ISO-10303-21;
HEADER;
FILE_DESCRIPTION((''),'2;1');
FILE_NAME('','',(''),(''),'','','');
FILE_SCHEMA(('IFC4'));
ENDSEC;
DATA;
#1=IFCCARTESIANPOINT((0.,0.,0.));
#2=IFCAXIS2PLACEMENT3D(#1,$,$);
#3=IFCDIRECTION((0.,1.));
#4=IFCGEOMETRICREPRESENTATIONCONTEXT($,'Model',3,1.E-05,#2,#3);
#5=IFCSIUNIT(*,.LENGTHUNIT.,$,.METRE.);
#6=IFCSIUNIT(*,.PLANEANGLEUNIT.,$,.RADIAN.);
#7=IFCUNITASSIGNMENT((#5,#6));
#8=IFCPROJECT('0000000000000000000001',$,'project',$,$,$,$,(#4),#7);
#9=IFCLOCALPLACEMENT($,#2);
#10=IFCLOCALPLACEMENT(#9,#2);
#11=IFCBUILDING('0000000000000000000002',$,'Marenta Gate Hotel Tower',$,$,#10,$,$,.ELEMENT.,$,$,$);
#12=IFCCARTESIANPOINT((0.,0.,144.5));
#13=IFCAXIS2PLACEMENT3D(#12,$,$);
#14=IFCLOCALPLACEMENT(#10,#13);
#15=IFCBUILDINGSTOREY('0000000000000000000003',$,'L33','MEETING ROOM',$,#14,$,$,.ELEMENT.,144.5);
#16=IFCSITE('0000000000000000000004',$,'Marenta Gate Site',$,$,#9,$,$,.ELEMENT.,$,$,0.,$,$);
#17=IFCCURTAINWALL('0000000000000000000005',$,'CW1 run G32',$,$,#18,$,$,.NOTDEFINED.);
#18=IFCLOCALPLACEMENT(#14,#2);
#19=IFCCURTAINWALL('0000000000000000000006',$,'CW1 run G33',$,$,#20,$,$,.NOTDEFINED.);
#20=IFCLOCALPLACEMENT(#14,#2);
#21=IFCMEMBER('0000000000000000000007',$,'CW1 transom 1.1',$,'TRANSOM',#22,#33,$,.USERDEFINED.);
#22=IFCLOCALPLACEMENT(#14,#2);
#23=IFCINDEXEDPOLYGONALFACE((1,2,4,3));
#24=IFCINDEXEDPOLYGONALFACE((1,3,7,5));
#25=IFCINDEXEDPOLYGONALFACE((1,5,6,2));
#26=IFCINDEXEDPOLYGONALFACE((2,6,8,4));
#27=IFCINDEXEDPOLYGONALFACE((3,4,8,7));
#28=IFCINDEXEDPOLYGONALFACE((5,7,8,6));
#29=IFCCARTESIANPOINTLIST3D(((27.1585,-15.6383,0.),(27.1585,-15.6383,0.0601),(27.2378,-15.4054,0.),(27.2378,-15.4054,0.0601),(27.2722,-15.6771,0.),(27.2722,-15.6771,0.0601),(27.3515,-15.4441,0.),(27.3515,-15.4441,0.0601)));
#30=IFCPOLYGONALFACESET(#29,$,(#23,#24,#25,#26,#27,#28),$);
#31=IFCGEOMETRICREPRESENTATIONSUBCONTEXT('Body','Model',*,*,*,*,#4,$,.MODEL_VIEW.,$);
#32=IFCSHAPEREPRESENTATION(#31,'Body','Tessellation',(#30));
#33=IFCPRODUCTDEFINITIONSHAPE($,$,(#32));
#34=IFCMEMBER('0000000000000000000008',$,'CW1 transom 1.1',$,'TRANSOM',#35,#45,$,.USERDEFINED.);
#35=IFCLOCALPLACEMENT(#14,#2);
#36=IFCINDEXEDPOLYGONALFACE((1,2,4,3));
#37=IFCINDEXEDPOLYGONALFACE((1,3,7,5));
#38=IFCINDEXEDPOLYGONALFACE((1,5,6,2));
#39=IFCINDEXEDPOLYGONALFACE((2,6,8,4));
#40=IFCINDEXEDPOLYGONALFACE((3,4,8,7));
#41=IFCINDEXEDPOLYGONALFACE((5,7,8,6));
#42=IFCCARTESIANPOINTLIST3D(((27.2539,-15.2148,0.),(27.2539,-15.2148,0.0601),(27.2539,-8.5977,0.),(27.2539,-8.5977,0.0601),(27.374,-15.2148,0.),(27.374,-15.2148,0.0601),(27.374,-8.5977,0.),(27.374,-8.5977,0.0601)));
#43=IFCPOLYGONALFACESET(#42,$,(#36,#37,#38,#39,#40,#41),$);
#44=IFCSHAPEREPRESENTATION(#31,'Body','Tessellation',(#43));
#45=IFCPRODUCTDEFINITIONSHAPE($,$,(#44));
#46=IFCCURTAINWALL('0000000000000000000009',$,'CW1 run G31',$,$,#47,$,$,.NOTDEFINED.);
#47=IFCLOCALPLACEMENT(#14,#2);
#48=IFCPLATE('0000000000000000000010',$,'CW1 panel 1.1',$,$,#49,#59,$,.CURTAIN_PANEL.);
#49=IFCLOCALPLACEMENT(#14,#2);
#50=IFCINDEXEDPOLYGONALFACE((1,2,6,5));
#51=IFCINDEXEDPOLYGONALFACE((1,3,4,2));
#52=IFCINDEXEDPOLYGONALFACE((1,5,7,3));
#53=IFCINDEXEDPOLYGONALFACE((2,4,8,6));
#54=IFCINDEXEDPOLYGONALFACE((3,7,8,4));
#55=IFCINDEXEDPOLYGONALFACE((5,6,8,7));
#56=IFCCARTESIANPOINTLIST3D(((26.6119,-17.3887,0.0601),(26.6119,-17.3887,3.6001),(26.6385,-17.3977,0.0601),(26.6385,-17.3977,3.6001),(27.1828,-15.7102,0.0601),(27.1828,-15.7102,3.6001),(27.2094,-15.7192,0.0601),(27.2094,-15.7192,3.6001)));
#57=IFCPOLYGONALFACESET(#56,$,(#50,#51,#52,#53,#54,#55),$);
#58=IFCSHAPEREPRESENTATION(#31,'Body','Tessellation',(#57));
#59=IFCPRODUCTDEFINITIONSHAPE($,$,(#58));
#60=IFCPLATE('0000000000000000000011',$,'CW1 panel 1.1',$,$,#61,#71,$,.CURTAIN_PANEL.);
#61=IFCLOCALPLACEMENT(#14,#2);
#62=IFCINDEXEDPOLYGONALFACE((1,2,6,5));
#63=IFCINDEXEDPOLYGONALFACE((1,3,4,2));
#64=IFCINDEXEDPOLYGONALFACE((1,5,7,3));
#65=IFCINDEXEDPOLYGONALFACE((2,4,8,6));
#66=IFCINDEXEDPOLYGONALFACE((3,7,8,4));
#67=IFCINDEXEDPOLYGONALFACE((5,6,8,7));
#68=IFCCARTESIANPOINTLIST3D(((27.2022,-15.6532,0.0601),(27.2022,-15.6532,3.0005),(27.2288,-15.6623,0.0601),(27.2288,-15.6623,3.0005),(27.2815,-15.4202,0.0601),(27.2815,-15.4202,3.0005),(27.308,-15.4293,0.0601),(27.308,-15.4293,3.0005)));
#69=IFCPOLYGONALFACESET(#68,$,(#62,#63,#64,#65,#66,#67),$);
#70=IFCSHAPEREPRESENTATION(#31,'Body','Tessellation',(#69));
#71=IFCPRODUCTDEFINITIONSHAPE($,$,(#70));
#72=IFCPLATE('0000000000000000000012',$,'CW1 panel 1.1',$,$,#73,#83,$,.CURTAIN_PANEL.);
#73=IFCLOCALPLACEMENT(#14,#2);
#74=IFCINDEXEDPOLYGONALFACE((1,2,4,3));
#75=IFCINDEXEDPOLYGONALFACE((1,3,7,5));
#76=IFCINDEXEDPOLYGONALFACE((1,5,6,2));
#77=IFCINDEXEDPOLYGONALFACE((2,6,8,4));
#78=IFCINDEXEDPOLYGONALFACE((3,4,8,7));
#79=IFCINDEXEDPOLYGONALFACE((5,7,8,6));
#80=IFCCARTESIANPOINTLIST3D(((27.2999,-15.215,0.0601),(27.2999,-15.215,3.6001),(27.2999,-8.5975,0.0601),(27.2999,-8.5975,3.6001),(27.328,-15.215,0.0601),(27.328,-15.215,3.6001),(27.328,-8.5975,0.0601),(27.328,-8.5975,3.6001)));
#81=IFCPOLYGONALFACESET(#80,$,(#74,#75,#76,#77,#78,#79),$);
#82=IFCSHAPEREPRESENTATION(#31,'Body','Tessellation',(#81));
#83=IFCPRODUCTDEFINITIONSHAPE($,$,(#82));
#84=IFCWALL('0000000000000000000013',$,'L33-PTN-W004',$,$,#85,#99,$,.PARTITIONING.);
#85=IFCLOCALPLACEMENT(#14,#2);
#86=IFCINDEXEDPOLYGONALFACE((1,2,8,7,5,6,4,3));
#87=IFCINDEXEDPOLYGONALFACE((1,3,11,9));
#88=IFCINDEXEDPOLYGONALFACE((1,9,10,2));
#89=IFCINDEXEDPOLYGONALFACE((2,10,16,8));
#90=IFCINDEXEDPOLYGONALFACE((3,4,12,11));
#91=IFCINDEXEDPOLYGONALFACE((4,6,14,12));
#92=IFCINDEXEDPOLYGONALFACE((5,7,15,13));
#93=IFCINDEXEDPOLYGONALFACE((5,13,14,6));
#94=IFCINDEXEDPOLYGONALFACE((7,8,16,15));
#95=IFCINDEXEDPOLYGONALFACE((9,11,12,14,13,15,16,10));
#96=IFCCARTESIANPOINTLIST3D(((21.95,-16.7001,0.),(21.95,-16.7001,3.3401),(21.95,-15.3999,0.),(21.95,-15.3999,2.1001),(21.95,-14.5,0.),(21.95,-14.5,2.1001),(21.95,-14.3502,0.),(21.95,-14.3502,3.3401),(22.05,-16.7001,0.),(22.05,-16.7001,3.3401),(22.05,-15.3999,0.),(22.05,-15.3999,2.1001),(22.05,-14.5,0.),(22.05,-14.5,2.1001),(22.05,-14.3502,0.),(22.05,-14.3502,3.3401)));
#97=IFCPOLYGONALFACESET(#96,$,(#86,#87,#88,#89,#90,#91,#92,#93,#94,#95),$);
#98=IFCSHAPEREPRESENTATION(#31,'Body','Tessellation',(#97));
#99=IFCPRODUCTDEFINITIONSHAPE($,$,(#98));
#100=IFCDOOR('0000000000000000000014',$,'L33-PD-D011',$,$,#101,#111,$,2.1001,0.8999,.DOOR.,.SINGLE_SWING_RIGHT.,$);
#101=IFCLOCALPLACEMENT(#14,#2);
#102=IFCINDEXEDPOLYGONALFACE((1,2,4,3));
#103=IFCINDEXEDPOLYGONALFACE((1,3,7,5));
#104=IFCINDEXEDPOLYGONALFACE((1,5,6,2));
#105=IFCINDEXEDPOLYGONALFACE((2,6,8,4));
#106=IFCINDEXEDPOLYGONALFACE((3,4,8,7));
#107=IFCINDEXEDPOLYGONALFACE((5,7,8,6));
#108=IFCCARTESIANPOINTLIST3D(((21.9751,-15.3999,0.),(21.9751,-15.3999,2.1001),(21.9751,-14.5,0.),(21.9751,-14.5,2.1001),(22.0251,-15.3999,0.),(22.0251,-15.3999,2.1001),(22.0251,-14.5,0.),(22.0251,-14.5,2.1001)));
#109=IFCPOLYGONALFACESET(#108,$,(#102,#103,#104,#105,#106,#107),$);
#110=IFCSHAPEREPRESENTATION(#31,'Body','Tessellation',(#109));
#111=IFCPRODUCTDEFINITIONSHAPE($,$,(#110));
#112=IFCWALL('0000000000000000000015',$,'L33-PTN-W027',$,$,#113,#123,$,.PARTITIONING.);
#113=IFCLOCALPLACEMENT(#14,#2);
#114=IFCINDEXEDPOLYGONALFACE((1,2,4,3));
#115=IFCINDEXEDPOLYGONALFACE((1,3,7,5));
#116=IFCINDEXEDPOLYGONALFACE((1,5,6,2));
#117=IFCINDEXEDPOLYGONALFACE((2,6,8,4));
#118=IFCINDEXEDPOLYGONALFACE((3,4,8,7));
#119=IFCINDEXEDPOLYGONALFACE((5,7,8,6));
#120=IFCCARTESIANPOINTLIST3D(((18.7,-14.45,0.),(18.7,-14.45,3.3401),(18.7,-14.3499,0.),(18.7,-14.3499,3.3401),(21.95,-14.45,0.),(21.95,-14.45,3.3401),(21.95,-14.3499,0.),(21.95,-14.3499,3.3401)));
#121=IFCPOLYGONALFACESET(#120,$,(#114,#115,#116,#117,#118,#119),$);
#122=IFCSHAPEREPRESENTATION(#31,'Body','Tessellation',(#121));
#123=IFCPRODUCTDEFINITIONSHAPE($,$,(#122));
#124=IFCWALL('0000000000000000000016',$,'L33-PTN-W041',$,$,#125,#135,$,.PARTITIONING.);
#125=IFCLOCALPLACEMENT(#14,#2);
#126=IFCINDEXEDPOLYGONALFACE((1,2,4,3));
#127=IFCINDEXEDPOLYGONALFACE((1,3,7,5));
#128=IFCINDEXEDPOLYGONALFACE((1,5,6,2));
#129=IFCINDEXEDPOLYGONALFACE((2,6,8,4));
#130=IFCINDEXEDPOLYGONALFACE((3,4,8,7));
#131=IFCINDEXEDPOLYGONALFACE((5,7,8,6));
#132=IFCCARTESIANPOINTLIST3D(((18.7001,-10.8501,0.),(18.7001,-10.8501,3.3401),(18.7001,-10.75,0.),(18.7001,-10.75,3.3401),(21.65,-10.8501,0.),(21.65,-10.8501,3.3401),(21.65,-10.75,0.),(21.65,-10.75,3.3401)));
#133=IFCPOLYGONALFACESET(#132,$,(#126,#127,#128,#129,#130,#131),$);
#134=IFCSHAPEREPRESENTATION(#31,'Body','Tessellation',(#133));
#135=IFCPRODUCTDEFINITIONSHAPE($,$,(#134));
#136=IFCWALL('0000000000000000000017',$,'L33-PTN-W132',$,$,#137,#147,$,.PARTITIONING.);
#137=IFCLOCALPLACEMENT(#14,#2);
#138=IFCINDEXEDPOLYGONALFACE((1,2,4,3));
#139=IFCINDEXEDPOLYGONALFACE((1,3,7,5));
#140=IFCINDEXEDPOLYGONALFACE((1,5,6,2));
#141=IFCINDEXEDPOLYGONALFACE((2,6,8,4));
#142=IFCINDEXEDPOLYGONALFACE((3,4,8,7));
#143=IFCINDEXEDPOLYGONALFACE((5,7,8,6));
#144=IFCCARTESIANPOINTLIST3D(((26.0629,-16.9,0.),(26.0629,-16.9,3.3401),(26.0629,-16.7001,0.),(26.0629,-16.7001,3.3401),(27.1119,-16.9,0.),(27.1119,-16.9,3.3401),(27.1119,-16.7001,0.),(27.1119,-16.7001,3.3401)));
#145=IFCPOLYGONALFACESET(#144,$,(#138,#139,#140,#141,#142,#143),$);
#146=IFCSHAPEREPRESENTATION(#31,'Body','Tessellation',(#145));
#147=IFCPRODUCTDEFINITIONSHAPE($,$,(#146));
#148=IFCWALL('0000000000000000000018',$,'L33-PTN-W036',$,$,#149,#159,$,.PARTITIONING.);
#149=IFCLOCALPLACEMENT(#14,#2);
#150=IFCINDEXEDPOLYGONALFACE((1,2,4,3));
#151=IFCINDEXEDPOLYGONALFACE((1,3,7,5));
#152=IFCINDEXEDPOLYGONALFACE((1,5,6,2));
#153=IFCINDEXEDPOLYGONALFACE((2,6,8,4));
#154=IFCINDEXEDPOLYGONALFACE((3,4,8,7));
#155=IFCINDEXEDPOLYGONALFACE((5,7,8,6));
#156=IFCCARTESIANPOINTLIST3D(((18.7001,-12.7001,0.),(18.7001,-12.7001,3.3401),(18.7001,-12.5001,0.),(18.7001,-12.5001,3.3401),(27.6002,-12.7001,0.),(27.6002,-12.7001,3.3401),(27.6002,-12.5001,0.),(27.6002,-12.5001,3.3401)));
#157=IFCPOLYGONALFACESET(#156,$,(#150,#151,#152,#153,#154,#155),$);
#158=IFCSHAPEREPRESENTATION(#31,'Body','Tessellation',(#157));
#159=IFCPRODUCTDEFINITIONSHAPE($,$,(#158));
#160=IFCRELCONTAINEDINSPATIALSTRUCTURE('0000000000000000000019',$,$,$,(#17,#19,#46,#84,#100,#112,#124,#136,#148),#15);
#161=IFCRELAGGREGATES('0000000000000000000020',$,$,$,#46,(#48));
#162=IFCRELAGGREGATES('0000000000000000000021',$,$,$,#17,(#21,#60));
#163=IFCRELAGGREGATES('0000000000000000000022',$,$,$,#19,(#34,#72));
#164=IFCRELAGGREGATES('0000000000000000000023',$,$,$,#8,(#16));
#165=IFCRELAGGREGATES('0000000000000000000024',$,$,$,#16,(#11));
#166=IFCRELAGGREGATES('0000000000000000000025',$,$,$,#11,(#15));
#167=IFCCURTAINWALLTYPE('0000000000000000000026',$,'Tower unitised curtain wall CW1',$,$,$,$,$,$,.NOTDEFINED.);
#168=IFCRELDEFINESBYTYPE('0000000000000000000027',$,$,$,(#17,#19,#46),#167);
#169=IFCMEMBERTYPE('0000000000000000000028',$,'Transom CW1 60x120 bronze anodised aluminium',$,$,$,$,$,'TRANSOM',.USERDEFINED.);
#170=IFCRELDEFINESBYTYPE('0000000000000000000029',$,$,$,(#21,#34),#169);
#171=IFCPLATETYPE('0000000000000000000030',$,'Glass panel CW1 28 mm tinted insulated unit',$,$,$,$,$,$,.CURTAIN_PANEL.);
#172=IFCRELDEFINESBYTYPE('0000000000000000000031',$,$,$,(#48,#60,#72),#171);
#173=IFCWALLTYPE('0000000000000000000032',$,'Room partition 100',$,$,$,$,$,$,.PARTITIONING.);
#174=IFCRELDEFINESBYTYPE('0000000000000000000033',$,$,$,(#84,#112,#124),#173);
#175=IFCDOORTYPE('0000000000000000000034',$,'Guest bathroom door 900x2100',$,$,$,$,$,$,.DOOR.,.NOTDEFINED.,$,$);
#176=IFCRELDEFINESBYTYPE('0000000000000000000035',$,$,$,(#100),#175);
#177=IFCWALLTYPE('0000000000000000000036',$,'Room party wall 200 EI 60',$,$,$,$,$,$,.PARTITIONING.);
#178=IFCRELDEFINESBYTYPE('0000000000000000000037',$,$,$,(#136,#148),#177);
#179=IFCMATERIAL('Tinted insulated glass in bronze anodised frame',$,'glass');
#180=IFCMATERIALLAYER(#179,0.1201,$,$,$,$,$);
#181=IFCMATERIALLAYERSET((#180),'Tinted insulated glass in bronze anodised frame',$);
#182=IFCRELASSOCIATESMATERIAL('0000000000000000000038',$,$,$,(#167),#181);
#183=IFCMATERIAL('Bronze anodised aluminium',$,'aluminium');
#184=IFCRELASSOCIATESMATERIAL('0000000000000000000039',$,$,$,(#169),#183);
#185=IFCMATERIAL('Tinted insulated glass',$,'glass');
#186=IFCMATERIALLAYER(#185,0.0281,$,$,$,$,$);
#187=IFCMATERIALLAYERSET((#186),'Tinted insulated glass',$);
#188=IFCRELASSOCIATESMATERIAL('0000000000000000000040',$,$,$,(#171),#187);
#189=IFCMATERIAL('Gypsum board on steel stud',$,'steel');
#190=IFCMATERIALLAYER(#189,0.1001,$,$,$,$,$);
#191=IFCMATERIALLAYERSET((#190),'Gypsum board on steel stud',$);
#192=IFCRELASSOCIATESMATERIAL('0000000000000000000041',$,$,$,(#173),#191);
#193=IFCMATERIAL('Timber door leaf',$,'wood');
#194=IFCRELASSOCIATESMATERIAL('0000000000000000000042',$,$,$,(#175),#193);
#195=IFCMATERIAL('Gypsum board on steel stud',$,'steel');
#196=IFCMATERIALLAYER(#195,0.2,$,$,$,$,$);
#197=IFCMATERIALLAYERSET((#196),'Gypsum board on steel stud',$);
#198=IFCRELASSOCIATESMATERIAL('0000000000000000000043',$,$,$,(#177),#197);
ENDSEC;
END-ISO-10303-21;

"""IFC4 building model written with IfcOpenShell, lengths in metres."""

from ifc_helpers import new_model, si_unit, direction, frame, frame_2d, origin, origin_2d, place, context, subcontext, project, spatial, rectangle, extrude, material, layer, layer_set, material_profile, profile_set, type_object, element, fill, aggregate, save


model = new_model("IFC4")

# Units and contexts
model_context = context("Model", 3, precision=1e-05, world=origin(), true_north=direction((0.0, 1.0)))
body_context = subcontext(model_context, "Body", "Model", "MODEL_VIEW")
ifc_project = project(units=[si_unit("LENGTHUNIT", "METRE"), si_unit("PLANEANGLEUNIT", "RADIAN")], contexts=[model_context])

# Site, building, storey
site_placement = place(None, origin())
site = spatial("IfcSite", under=ifc_project, at=site_placement, Name="Marenta Gate Site", CompositionType="ELEMENT", RefElevation=0.0)
building_placement = place(site_placement, origin())
building = spatial("IfcBuilding", under=site, at=building_placement, Name="Marenta Gate Hotel Tower", CompositionType="ELEMENT")
storey_placement = place(building_placement, frame((0.0, 0.0, 144.5)))
storey = spatial("IfcBuildingStorey", under=building, at=storey_placement, Name="L33", Description="MEETING ROOM", CompositionType="ELEMENT", Elevation=144.5)

# Curtain wall
ifc_material_1 = material(Name="Tinted insulated glass in bronze anodised frame", Category="glass")
ifc_layer_1 = layer(ifc_material_1, 0.1201)
ifc_layer_set_1 = layer_set([ifc_layer_1], Name="Tinted insulated glass in bronze anodised frame")
curtain_wall_type = type_object("IfcCurtainWallType", Name="Tower unitised curtain wall CW1", PredefinedType="NOTDEFINED", material=ifc_layer_set_1)
curtain_wall_1_placement = place(storey_placement, origin())
curtain_wall_1 = element("IfcCurtainWall", 1, at=curtain_wall_1_placement, inside=storey, type_object=curtain_wall_type, Name="CW1 run G32", PredefinedType="NOTDEFINED")

# Curtain wall
curtain_wall_2_placement = place(storey_placement, origin())
curtain_wall_2 = element("IfcCurtainWall", 2, at=curtain_wall_2_placement, inside=storey, type_object=curtain_wall_type, Name="CW1 run G33", PredefinedType="NOTDEFINED")

# Members
ifc_material_2 = material(Name="Bronze anodised aluminium", Category="aluminium")
ifc_material_profile_1 = material_profile(ifc_material_2, rectangle(XDim=0.1201, YDim=0.0601, at=origin_2d()), Name="Transom CW1 60x120 bronze anodised aluminium")
ifc_profile_set_1 = profile_set([ifc_material_profile_1], Name="Bronze anodised aluminium")
member_type_1 = type_object("IfcMemberType", Name="Transom CW1 60x120 bronze anodised aluminium", ElementType="TRANSOM", PredefinedType="USERDEFINED", material=ifc_profile_set_1)
member_1_placement = place(storey_placement, frame((27.2153, -15.6577, 0.03), z_axis=(0.322472, 0.946579, 0.0), x_axis=(-0.946579, 0.322472, 0.0)))
member_1 = element("IfcMember", 3, at=member_1_placement, type_object=member_type_1, Name="CW1 transom 1.1", ObjectType="TRANSOM", PredefinedType="USERDEFINED", context=body_context, shape_type="SweptSolid", body=[
    extrude(rectangle(XDim=0.1201, YDim=0.0601, at=origin_2d()), origin(), (0.0, 0.0, 1.0), 0.2461),
])
member_2_placement = place(storey_placement, frame((27.314, -15.2148, 0.03), z_axis=(0.0, 1.0, 0.0), x_axis=(-1.0, 0.0, 0.0)))
member_2 = element("IfcMember", 4, at=member_2_placement, type_object=member_type_1, Name="CW1 transom 1.1", ObjectType="TRANSOM", PredefinedType="USERDEFINED", context=body_context, shape_type="SweptSolid", body=[
    extrude(rectangle(XDim=0.1201, YDim=0.0601, at=origin_2d()), origin(), (0.0, 0.0, 1.0), 6.6172),
])

# Curtain wall, plate
curtain_wall_3_placement = place(storey_placement, origin())
curtain_wall_3 = element("IfcCurtainWall", 5, at=curtain_wall_3_placement, inside=storey, type_object=curtain_wall_type, Name="CW1 run G31", PredefinedType="NOTDEFINED")
ifc_material_3 = material(Name="Tinted insulated glass", Category="glass")
ifc_layer_2 = layer(ifc_material_3, 0.0281)
ifc_layer_set_2 = layer_set([ifc_layer_2], Name="Tinted insulated glass")
plate_type = type_object("IfcPlateType", Name="Glass panel CW1 28 mm tinted insulated unit", PredefinedType="CURTAIN_PANEL", material=ifc_layer_set_2)
plate_1_placement = place(storey_placement, frame((26.9106, -16.554, 0.0601), z_axis=(0.0, 0.0, 1.0), x_axis=(0.322032, 0.946729, 0.0)))
plate_1 = element("IfcPlate", 6, at=plate_1_placement, type_object=plate_type, Name="CW1 panel 1.1", PredefinedType="CURTAIN_PANEL", context=body_context, shape_type="SweptSolid", body=[
    extrude(rectangle(XDim=1.7729, YDim=0.0281, at=origin_2d()), origin(), (0.0, 0.0, 1.0), 3.54),
])
aggregate(curtain_wall_3, [plate_1])

# Plates
plate_2_placement = place(storey_placement, frame((27.2551, -15.5413, 0.0601), z_axis=(0.0, 0.0, 1.0), x_axis=(0.32204, 0.946726, 0.0)))
plate_2 = element("IfcPlate", 7, at=plate_2_placement, type_object=plate_type, Name="CW1 panel 1.1", PredefinedType="CURTAIN_PANEL", context=body_context, shape_type="SweptSolid", body=[
    extrude(rectangle(XDim=0.2461, YDim=0.0281, at=origin_2d()), origin(), (0.0, 0.0, 1.0), 2.9404),
])
aggregate(curtain_wall_1, [member_1, plate_2])
plate_3_placement = place(storey_placement, frame((27.314, -11.9062, 0.0601), z_axis=(0.0, 0.0, 1.0), x_axis=(0.0, 1.0, 0.0)))
plate_3 = element("IfcPlate", 8, at=plate_3_placement, type_object=plate_type, Name="CW1 panel 1.1", PredefinedType="CURTAIN_PANEL", context=body_context, shape_type="SweptSolid", body=[
    extrude(rectangle(XDim=6.6174, YDim=0.0281, at=origin_2d()), origin(), (0.0, 0.0, 1.0), 3.54),
])
aggregate(curtain_wall_2, [member_2, plate_3])

# Wall, opening, door
ifc_material_4 = material(Name="Gypsum board on steel stud", Category="steel")
ifc_layer_3 = layer(ifc_material_4, 0.1001)
ifc_layer_set_3 = layer_set([ifc_layer_3], Name="Gypsum board on steel stud")
wall_type_1 = type_object("IfcWallType", Name="Room partition 100", PredefinedType="PARTITIONING", material=ifc_layer_set_3)
wall_1_placement = place(storey_placement, frame((22.0, -16.7, 0.0), z_axis=(0.0, 0.0, 1.0), x_axis=(0.0, 1.0, 0.0)))
wall_1 = element("IfcWall", 9, at=wall_1_placement, inside=storey, type_object=wall_type_1, Name="L33-PTN-W004", PredefinedType="PARTITIONING", context=body_context, shape_type="SweptSolid", body=[
    extrude(rectangle(XDim=2.3499, YDim=0.1001, at=frame_2d((1.1748, 0.0))), origin(), (0.0, 0.0, 1.0), 3.3401),
])
opening_placement = place(wall_1_placement, frame((1.3, 0.0, 0.0)))
opening = element("IfcOpeningElement", 10, at=opening_placement, cuts=wall_1, PredefinedType="OPENING", context=body_context, shape_type="SweptSolid", body=[
    extrude(rectangle(XDim=0.8999, YDim=2.1001, at=frame_2d((0.45, 1.05))), frame((0.0, 0.05, 0.0), z_axis=(0.0, -1.0, 0.0), x_axis=(1.0, 0.0, 0.0)), (0.0, 0.0, 1.0), 0.1001),
])
ifc_material_5 = material(Name="Timber door leaf", Category="wood")
door_type = type_object("IfcDoorType", Name="Guest bathroom door 900x2100", OperationType="NOTDEFINED", PredefinedType="DOOR", material=ifc_material_5)
door_placement = place(opening_placement, origin())
door = element("IfcDoor", 11, at=door_placement, inside=storey, type_object=door_type, Name="L33-PD-D011", OperationType="SINGLE_SWING_RIGHT", OverallHeight=2.1001, OverallWidth=0.8999, PredefinedType="DOOR", context=body_context, shape_type="SweptSolid", body=[
    extrude(rectangle(XDim=0.8999, YDim=2.1001, at=frame_2d((0.45, 1.05))), frame((0.0, 0.0249, 0.0), z_axis=(0.0, -1.0, 0.0), x_axis=(1.0, 0.0, 0.0)), (0.0, 0.0, 1.0), 0.05),
])
fill(opening, door)

# Walls
wall_2_placement = place(storey_placement, frame((18.7, -14.3999, 0.0), z_axis=(0.0, 0.0, 1.0), x_axis=(1.0, 0.0, 0.0)))
element("IfcWall", 12, at=wall_2_placement, inside=storey, type_object=wall_type_1, Name="L33-PTN-W027", PredefinedType="PARTITIONING", context=body_context, shape_type="SweptSolid", body=[
    extrude(rectangle(XDim=3.25, YDim=0.1001, at=frame_2d((1.625, 0.0))), origin(), (0.0, 0.0, 1.0), 3.3401),
])
wall_3_placement = place(storey_placement, frame((18.7, -10.8, 0.0), z_axis=(0.0, 0.0, 1.0), x_axis=(1.0, 0.0, 0.0)))
element("IfcWall", 13, at=wall_3_placement, inside=storey, type_object=wall_type_1, Name="L33-PTN-W041", PredefinedType="PARTITIONING", context=body_context, shape_type="SweptSolid", body=[
    extrude(rectangle(XDim=2.95, YDim=0.1001, at=frame_2d((1.4751, 0.0))), origin(), (0.0, 0.0, 1.0), 3.3401),
])
ifc_material_6 = material(Name="Gypsum board on steel stud", Category="steel")
ifc_layer_4 = layer(ifc_material_6, 0.2)
ifc_layer_set_4 = layer_set([ifc_layer_4], Name="Gypsum board on steel stud")
wall_type_2 = type_object("IfcWallType", Name="Room party wall 200 EI 60", PredefinedType="PARTITIONING", material=ifc_layer_set_4)
wall_4_placement = place(storey_placement, frame((26.063, -16.8, 0.0), z_axis=(0.0, 0.0, 1.0), x_axis=(1.0, 0.0, 0.0)))
element("IfcWall", 14, at=wall_4_placement, inside=storey, type_object=wall_type_2, Name="L33-PTN-W132", PredefinedType="PARTITIONING", context=body_context, shape_type="SweptSolid", body=[
    extrude(rectangle(XDim=1.0491, YDim=0.2, at=frame_2d((0.5244, 0.0))), origin(), (0.0, 0.0, 1.0), 3.3401),
])
wall_5_placement = place(storey_placement, frame((18.7, -12.6001, 0.0), z_axis=(0.0, 0.0, 1.0), x_axis=(1.0, 0.0, 0.0)))
element("IfcWall", 15, at=wall_5_placement, inside=storey, type_object=wall_type_2, Name="L33-PTN-W036", PredefinedType="PARTITIONING", context=body_context, shape_type="SweptSolid", body=[
    extrude(rectangle(XDim=8.9001, YDim=0.2, at=frame_2d((4.4502, 0.0))), origin(), (0.0, 0.0, 1.0), 3.3401),
])

save(model, "model.ifc")
